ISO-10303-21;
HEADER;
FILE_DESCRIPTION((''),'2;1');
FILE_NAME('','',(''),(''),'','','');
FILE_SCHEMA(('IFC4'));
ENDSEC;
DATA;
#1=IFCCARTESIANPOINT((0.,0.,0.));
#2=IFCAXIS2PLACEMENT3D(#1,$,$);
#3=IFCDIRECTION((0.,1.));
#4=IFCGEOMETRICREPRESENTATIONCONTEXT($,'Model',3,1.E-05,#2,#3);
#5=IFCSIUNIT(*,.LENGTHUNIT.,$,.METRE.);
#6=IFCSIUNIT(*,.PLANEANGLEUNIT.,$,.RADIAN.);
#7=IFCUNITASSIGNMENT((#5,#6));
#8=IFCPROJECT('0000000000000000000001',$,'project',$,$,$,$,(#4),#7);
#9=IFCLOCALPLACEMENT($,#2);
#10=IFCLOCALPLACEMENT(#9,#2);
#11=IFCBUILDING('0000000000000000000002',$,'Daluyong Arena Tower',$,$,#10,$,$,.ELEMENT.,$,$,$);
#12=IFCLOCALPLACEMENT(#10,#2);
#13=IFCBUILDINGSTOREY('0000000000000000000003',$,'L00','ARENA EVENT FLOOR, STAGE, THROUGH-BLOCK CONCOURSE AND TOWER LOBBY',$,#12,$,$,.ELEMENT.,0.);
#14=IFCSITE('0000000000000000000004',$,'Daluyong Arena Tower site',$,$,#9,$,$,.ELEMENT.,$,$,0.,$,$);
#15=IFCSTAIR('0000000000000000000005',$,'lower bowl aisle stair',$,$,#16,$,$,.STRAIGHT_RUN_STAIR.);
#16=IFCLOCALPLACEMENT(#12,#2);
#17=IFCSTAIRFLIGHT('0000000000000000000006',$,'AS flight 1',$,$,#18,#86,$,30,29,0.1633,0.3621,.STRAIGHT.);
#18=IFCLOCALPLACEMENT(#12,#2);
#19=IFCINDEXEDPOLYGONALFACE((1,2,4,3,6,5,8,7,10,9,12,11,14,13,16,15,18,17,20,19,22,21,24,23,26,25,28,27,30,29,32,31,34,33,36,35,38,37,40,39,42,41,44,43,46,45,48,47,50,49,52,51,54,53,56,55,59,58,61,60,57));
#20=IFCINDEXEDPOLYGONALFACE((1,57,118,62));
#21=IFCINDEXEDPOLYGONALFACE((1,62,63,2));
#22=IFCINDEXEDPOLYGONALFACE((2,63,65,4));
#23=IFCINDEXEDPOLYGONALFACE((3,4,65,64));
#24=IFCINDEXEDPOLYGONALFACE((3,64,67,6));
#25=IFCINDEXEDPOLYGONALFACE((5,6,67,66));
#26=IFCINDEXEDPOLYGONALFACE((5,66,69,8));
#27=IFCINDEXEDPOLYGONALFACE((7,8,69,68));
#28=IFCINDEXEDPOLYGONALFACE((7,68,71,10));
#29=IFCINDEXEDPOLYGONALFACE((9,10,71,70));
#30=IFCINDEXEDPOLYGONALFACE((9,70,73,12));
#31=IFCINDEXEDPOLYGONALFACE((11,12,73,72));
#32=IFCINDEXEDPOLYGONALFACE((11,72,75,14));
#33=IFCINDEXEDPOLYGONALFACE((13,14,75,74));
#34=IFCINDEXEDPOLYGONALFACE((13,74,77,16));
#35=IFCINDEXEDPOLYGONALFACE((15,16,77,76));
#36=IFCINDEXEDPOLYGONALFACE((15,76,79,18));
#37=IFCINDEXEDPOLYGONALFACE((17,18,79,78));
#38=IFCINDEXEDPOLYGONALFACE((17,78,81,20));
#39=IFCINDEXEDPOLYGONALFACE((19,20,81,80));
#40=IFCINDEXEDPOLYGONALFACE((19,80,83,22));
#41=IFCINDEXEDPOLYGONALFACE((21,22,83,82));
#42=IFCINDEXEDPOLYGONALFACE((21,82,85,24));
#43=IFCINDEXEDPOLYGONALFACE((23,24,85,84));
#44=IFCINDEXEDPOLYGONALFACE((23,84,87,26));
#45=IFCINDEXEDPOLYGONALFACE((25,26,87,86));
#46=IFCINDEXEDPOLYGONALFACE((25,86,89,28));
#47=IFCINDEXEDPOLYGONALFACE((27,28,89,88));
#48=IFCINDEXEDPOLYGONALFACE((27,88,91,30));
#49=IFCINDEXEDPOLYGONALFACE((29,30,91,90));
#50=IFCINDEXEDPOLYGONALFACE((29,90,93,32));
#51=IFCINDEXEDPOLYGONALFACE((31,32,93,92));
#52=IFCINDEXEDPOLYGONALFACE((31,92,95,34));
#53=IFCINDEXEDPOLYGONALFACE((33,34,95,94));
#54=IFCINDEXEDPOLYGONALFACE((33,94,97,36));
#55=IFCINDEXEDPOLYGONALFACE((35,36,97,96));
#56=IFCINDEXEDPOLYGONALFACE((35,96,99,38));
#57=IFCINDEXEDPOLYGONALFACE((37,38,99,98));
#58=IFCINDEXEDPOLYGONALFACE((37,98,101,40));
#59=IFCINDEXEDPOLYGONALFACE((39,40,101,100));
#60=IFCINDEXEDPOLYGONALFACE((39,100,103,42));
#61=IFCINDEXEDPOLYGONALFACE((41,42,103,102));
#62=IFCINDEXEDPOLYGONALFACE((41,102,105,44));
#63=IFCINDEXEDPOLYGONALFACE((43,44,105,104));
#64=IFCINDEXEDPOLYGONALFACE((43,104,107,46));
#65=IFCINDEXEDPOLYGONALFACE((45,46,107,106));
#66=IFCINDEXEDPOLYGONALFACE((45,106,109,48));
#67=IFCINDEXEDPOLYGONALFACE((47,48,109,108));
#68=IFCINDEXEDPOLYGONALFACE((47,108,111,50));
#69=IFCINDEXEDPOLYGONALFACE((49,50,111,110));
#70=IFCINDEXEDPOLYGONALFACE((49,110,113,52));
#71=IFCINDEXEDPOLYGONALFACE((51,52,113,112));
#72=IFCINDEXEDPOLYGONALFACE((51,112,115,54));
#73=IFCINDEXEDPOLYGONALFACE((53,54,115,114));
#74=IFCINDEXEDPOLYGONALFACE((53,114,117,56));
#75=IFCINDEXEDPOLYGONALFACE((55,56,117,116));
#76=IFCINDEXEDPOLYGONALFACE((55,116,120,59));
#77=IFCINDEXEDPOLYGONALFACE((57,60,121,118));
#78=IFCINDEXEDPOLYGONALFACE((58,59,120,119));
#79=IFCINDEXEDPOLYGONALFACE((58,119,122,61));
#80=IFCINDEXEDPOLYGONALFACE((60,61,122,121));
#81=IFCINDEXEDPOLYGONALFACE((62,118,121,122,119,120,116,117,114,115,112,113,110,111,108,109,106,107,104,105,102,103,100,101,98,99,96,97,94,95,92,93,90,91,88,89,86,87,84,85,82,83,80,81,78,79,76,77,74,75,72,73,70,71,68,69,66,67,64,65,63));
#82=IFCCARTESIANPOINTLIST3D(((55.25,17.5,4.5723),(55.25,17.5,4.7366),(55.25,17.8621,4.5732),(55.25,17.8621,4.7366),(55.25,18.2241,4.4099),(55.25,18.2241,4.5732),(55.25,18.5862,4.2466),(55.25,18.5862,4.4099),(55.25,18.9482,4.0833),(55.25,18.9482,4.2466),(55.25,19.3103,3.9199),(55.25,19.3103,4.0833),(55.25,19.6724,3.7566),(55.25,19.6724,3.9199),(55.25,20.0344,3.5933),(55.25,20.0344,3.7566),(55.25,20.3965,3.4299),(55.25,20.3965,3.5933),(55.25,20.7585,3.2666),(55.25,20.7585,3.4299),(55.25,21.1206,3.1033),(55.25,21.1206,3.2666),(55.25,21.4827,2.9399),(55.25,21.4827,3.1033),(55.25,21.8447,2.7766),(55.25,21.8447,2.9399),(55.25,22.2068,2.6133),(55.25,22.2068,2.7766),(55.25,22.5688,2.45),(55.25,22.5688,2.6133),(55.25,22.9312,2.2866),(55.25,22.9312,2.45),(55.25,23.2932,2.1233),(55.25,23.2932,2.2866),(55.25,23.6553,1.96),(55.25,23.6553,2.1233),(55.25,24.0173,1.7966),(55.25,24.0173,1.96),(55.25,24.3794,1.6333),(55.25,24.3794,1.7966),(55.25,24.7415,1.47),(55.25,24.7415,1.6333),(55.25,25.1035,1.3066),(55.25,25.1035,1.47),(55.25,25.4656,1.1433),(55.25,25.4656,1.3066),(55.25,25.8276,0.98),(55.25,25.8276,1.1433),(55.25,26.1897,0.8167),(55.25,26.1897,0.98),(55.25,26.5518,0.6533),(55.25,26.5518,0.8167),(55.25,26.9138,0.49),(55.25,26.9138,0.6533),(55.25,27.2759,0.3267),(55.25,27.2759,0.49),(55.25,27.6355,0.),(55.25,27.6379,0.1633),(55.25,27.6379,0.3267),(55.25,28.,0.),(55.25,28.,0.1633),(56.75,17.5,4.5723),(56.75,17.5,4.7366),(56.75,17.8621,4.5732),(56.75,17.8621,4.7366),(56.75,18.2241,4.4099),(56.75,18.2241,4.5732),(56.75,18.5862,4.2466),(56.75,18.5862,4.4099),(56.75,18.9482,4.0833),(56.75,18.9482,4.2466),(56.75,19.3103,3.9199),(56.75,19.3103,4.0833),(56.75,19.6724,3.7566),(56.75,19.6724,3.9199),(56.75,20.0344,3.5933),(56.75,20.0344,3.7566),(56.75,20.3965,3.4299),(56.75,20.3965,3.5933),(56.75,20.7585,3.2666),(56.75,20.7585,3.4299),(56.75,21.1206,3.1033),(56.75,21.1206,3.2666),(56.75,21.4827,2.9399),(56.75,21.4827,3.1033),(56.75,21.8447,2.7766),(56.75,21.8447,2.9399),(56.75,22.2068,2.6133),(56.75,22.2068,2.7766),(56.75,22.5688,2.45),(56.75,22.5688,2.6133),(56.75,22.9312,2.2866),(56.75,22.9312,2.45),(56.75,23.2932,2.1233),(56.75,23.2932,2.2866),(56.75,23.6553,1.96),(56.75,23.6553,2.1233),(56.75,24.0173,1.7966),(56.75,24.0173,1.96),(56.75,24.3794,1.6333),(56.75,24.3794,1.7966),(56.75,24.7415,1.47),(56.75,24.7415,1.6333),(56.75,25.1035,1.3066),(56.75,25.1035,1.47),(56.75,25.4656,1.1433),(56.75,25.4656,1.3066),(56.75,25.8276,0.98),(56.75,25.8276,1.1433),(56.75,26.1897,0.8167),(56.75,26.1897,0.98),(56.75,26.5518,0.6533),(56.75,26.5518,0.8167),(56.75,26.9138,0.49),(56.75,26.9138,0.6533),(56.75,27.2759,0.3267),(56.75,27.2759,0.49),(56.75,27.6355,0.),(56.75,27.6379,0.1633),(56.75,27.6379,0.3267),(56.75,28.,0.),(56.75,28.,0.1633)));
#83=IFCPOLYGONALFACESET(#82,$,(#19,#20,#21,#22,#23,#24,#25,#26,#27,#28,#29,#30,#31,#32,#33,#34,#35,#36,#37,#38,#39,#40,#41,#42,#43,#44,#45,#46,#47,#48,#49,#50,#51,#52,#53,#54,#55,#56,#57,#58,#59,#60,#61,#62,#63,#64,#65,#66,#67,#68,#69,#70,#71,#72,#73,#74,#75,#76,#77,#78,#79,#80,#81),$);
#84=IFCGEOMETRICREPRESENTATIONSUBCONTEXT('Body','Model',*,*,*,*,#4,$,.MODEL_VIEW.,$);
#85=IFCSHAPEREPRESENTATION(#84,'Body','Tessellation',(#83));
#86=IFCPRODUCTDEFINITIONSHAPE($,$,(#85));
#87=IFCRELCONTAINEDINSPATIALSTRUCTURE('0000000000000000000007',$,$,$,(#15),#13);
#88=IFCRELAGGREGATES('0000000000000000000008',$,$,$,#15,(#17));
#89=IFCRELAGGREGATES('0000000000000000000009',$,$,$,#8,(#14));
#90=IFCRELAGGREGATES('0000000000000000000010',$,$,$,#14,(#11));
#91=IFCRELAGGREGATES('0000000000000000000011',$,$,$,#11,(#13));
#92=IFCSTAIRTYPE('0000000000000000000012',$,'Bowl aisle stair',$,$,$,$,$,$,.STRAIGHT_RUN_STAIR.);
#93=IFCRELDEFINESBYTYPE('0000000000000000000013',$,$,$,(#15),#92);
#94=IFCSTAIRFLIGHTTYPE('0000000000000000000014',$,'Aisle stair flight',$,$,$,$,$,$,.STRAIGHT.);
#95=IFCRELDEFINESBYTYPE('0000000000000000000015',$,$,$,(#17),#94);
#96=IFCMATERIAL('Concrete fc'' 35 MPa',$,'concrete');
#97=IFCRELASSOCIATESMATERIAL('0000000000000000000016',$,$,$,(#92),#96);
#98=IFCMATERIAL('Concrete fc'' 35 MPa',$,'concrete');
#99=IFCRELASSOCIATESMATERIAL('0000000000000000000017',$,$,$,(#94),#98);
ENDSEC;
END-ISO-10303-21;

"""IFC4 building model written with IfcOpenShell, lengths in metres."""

from ifc_helpers import new_model, si_unit, direction, frame, origin, place, context, subcontext, project, spatial, polyline, outline, extrude, material, type_object, element, aggregate, save


model = new_model("IFC4")

# Units and contexts
model_context = context("Model", 3, precision=1e-05, world=origin(), true_north=direction((0.0, 1.0)))
body_context = subcontext(model_context, "Body", "Model", "MODEL_VIEW")
ifc_project = project(units=[si_unit("LENGTHUNIT", "METRE"), si_unit("PLANEANGLEUNIT", "RADIAN")], contexts=[model_context])

# Site, building, storey
site_placement = place(None, origin())
site = spatial("IfcSite", under=ifc_project, at=site_placement, Name="Daluyong Arena Tower site", CompositionType="ELEMENT", RefElevation=0.0)
building_placement = place(site_placement, origin())
building = spatial("IfcBuilding", under=site, at=building_placement, Name="Daluyong Arena Tower", CompositionType="ELEMENT")
storey_placement = place(building_placement, origin())
storey = spatial("IfcBuildingStorey", under=building, at=storey_placement, Name="L00", Description="ARENA EVENT FLOOR, STAGE, THROUGH-BLOCK CONCOURSE AND TOWER LOBBY", CompositionType="ELEMENT", Elevation=0.0)

# Stair, stair flight
ifc_material_1 = material(Name="Concrete fc' 35 MPa", Category="concrete")
stair_type = type_object("IfcStairType", Name="Bowl aisle stair", PredefinedType="STRAIGHT_RUN_STAIR", material=ifc_material_1)
stair_placement = place(storey_placement, origin())
stair = element("IfcStair", 1, at=stair_placement, inside=storey, type_object=stair_type, Name="lower bowl aisle stair", PredefinedType="STRAIGHT_RUN_STAIR")
ifc_material_2 = material(Name="Concrete fc' 35 MPa", Category="concrete")
stair_flight_type = type_object("IfcStairFlightType", Name="Aisle stair flight", PredefinedType="STRAIGHT", material=ifc_material_2)
stair_flight_placement = place(storey_placement, frame((56.0, 28.0, 0.0), z_axis=(0.0, 0.0, 1.0), x_axis=(0.0, -1.0, 0.0)))
stair_flight = element("IfcStairFlight", 2, at=stair_flight_placement, type_object=stair_flight_type, Name="AS flight 1", NumberOfRisers=30, NumberOfTreads=29, PredefinedType="STRAIGHT", RiserHeight=0.1633, TreadLength=0.3621, context=body_context, shape_type="SweptSolid", body=[
    extrude(outline(polyline([(0.0, 0.0), (0.0, 0.1633), (0.3621, 0.1633), (0.3621, 0.3267), (0.7241, 0.3267), (0.7241, 0.49), (1.0862, 0.49), (1.0862, 0.6533), (1.4482, 0.6533), (1.4482, 0.8167), (1.8103, 0.8167), (1.8103, 0.98), (2.1724, 0.98), (2.1724, 1.1433), (2.5344, 1.1433), (2.5344, 1.3066), (2.8965, 1.3066), (2.8965, 1.47), (3.2585, 1.47), (3.2585, 1.6333), (3.6206, 1.6333), (3.6206, 1.7966), (3.9827, 1.7966), (3.9827, 1.96), (4.3447, 1.96), (4.3447, 2.1233), (4.7068, 2.1233), (4.7068, 2.2866), (5.0688, 2.2866), (5.0688, 2.45), (5.4312, 2.45), (5.4312, 2.6133), (5.7932, 2.6133), (5.7932, 2.7766), (6.1553, 2.7766), (6.1553, 2.9399), (6.5173, 2.9399), (6.5173, 3.1033), (6.8794, 3.1033), (6.8794, 3.2666), (7.2415, 3.2666), (7.2415, 3.4299), (7.6035, 3.4299), (7.6035, 3.5933), (7.9656, 3.5933), (7.9656, 3.7566), (8.3276, 3.7566), (8.3276, 3.9199), (8.6897, 3.9199), (8.6897, 4.0833), (9.0518, 4.0833), (9.0518, 4.2466), (9.4138, 4.2466), (9.4138, 4.4099), (9.7759, 4.4099), (9.7759, 4.5732), (10.1379, 4.5732), (10.1379, 4.7366), (10.5, 4.7366), (10.5, 4.8999), (10.5, 4.5723), (0.3645, 0.0), (0.0, 0.0)])), frame((0.0, 0.75, 0.0), z_axis=(0.0, -1.0, 0.0), x_axis=(1.0, 0.0, 0.0)), (0.0, 0.0, 1.0), 1.5),
])
aggregate(stair, [stair_flight])

save(model, "model.ifc")
